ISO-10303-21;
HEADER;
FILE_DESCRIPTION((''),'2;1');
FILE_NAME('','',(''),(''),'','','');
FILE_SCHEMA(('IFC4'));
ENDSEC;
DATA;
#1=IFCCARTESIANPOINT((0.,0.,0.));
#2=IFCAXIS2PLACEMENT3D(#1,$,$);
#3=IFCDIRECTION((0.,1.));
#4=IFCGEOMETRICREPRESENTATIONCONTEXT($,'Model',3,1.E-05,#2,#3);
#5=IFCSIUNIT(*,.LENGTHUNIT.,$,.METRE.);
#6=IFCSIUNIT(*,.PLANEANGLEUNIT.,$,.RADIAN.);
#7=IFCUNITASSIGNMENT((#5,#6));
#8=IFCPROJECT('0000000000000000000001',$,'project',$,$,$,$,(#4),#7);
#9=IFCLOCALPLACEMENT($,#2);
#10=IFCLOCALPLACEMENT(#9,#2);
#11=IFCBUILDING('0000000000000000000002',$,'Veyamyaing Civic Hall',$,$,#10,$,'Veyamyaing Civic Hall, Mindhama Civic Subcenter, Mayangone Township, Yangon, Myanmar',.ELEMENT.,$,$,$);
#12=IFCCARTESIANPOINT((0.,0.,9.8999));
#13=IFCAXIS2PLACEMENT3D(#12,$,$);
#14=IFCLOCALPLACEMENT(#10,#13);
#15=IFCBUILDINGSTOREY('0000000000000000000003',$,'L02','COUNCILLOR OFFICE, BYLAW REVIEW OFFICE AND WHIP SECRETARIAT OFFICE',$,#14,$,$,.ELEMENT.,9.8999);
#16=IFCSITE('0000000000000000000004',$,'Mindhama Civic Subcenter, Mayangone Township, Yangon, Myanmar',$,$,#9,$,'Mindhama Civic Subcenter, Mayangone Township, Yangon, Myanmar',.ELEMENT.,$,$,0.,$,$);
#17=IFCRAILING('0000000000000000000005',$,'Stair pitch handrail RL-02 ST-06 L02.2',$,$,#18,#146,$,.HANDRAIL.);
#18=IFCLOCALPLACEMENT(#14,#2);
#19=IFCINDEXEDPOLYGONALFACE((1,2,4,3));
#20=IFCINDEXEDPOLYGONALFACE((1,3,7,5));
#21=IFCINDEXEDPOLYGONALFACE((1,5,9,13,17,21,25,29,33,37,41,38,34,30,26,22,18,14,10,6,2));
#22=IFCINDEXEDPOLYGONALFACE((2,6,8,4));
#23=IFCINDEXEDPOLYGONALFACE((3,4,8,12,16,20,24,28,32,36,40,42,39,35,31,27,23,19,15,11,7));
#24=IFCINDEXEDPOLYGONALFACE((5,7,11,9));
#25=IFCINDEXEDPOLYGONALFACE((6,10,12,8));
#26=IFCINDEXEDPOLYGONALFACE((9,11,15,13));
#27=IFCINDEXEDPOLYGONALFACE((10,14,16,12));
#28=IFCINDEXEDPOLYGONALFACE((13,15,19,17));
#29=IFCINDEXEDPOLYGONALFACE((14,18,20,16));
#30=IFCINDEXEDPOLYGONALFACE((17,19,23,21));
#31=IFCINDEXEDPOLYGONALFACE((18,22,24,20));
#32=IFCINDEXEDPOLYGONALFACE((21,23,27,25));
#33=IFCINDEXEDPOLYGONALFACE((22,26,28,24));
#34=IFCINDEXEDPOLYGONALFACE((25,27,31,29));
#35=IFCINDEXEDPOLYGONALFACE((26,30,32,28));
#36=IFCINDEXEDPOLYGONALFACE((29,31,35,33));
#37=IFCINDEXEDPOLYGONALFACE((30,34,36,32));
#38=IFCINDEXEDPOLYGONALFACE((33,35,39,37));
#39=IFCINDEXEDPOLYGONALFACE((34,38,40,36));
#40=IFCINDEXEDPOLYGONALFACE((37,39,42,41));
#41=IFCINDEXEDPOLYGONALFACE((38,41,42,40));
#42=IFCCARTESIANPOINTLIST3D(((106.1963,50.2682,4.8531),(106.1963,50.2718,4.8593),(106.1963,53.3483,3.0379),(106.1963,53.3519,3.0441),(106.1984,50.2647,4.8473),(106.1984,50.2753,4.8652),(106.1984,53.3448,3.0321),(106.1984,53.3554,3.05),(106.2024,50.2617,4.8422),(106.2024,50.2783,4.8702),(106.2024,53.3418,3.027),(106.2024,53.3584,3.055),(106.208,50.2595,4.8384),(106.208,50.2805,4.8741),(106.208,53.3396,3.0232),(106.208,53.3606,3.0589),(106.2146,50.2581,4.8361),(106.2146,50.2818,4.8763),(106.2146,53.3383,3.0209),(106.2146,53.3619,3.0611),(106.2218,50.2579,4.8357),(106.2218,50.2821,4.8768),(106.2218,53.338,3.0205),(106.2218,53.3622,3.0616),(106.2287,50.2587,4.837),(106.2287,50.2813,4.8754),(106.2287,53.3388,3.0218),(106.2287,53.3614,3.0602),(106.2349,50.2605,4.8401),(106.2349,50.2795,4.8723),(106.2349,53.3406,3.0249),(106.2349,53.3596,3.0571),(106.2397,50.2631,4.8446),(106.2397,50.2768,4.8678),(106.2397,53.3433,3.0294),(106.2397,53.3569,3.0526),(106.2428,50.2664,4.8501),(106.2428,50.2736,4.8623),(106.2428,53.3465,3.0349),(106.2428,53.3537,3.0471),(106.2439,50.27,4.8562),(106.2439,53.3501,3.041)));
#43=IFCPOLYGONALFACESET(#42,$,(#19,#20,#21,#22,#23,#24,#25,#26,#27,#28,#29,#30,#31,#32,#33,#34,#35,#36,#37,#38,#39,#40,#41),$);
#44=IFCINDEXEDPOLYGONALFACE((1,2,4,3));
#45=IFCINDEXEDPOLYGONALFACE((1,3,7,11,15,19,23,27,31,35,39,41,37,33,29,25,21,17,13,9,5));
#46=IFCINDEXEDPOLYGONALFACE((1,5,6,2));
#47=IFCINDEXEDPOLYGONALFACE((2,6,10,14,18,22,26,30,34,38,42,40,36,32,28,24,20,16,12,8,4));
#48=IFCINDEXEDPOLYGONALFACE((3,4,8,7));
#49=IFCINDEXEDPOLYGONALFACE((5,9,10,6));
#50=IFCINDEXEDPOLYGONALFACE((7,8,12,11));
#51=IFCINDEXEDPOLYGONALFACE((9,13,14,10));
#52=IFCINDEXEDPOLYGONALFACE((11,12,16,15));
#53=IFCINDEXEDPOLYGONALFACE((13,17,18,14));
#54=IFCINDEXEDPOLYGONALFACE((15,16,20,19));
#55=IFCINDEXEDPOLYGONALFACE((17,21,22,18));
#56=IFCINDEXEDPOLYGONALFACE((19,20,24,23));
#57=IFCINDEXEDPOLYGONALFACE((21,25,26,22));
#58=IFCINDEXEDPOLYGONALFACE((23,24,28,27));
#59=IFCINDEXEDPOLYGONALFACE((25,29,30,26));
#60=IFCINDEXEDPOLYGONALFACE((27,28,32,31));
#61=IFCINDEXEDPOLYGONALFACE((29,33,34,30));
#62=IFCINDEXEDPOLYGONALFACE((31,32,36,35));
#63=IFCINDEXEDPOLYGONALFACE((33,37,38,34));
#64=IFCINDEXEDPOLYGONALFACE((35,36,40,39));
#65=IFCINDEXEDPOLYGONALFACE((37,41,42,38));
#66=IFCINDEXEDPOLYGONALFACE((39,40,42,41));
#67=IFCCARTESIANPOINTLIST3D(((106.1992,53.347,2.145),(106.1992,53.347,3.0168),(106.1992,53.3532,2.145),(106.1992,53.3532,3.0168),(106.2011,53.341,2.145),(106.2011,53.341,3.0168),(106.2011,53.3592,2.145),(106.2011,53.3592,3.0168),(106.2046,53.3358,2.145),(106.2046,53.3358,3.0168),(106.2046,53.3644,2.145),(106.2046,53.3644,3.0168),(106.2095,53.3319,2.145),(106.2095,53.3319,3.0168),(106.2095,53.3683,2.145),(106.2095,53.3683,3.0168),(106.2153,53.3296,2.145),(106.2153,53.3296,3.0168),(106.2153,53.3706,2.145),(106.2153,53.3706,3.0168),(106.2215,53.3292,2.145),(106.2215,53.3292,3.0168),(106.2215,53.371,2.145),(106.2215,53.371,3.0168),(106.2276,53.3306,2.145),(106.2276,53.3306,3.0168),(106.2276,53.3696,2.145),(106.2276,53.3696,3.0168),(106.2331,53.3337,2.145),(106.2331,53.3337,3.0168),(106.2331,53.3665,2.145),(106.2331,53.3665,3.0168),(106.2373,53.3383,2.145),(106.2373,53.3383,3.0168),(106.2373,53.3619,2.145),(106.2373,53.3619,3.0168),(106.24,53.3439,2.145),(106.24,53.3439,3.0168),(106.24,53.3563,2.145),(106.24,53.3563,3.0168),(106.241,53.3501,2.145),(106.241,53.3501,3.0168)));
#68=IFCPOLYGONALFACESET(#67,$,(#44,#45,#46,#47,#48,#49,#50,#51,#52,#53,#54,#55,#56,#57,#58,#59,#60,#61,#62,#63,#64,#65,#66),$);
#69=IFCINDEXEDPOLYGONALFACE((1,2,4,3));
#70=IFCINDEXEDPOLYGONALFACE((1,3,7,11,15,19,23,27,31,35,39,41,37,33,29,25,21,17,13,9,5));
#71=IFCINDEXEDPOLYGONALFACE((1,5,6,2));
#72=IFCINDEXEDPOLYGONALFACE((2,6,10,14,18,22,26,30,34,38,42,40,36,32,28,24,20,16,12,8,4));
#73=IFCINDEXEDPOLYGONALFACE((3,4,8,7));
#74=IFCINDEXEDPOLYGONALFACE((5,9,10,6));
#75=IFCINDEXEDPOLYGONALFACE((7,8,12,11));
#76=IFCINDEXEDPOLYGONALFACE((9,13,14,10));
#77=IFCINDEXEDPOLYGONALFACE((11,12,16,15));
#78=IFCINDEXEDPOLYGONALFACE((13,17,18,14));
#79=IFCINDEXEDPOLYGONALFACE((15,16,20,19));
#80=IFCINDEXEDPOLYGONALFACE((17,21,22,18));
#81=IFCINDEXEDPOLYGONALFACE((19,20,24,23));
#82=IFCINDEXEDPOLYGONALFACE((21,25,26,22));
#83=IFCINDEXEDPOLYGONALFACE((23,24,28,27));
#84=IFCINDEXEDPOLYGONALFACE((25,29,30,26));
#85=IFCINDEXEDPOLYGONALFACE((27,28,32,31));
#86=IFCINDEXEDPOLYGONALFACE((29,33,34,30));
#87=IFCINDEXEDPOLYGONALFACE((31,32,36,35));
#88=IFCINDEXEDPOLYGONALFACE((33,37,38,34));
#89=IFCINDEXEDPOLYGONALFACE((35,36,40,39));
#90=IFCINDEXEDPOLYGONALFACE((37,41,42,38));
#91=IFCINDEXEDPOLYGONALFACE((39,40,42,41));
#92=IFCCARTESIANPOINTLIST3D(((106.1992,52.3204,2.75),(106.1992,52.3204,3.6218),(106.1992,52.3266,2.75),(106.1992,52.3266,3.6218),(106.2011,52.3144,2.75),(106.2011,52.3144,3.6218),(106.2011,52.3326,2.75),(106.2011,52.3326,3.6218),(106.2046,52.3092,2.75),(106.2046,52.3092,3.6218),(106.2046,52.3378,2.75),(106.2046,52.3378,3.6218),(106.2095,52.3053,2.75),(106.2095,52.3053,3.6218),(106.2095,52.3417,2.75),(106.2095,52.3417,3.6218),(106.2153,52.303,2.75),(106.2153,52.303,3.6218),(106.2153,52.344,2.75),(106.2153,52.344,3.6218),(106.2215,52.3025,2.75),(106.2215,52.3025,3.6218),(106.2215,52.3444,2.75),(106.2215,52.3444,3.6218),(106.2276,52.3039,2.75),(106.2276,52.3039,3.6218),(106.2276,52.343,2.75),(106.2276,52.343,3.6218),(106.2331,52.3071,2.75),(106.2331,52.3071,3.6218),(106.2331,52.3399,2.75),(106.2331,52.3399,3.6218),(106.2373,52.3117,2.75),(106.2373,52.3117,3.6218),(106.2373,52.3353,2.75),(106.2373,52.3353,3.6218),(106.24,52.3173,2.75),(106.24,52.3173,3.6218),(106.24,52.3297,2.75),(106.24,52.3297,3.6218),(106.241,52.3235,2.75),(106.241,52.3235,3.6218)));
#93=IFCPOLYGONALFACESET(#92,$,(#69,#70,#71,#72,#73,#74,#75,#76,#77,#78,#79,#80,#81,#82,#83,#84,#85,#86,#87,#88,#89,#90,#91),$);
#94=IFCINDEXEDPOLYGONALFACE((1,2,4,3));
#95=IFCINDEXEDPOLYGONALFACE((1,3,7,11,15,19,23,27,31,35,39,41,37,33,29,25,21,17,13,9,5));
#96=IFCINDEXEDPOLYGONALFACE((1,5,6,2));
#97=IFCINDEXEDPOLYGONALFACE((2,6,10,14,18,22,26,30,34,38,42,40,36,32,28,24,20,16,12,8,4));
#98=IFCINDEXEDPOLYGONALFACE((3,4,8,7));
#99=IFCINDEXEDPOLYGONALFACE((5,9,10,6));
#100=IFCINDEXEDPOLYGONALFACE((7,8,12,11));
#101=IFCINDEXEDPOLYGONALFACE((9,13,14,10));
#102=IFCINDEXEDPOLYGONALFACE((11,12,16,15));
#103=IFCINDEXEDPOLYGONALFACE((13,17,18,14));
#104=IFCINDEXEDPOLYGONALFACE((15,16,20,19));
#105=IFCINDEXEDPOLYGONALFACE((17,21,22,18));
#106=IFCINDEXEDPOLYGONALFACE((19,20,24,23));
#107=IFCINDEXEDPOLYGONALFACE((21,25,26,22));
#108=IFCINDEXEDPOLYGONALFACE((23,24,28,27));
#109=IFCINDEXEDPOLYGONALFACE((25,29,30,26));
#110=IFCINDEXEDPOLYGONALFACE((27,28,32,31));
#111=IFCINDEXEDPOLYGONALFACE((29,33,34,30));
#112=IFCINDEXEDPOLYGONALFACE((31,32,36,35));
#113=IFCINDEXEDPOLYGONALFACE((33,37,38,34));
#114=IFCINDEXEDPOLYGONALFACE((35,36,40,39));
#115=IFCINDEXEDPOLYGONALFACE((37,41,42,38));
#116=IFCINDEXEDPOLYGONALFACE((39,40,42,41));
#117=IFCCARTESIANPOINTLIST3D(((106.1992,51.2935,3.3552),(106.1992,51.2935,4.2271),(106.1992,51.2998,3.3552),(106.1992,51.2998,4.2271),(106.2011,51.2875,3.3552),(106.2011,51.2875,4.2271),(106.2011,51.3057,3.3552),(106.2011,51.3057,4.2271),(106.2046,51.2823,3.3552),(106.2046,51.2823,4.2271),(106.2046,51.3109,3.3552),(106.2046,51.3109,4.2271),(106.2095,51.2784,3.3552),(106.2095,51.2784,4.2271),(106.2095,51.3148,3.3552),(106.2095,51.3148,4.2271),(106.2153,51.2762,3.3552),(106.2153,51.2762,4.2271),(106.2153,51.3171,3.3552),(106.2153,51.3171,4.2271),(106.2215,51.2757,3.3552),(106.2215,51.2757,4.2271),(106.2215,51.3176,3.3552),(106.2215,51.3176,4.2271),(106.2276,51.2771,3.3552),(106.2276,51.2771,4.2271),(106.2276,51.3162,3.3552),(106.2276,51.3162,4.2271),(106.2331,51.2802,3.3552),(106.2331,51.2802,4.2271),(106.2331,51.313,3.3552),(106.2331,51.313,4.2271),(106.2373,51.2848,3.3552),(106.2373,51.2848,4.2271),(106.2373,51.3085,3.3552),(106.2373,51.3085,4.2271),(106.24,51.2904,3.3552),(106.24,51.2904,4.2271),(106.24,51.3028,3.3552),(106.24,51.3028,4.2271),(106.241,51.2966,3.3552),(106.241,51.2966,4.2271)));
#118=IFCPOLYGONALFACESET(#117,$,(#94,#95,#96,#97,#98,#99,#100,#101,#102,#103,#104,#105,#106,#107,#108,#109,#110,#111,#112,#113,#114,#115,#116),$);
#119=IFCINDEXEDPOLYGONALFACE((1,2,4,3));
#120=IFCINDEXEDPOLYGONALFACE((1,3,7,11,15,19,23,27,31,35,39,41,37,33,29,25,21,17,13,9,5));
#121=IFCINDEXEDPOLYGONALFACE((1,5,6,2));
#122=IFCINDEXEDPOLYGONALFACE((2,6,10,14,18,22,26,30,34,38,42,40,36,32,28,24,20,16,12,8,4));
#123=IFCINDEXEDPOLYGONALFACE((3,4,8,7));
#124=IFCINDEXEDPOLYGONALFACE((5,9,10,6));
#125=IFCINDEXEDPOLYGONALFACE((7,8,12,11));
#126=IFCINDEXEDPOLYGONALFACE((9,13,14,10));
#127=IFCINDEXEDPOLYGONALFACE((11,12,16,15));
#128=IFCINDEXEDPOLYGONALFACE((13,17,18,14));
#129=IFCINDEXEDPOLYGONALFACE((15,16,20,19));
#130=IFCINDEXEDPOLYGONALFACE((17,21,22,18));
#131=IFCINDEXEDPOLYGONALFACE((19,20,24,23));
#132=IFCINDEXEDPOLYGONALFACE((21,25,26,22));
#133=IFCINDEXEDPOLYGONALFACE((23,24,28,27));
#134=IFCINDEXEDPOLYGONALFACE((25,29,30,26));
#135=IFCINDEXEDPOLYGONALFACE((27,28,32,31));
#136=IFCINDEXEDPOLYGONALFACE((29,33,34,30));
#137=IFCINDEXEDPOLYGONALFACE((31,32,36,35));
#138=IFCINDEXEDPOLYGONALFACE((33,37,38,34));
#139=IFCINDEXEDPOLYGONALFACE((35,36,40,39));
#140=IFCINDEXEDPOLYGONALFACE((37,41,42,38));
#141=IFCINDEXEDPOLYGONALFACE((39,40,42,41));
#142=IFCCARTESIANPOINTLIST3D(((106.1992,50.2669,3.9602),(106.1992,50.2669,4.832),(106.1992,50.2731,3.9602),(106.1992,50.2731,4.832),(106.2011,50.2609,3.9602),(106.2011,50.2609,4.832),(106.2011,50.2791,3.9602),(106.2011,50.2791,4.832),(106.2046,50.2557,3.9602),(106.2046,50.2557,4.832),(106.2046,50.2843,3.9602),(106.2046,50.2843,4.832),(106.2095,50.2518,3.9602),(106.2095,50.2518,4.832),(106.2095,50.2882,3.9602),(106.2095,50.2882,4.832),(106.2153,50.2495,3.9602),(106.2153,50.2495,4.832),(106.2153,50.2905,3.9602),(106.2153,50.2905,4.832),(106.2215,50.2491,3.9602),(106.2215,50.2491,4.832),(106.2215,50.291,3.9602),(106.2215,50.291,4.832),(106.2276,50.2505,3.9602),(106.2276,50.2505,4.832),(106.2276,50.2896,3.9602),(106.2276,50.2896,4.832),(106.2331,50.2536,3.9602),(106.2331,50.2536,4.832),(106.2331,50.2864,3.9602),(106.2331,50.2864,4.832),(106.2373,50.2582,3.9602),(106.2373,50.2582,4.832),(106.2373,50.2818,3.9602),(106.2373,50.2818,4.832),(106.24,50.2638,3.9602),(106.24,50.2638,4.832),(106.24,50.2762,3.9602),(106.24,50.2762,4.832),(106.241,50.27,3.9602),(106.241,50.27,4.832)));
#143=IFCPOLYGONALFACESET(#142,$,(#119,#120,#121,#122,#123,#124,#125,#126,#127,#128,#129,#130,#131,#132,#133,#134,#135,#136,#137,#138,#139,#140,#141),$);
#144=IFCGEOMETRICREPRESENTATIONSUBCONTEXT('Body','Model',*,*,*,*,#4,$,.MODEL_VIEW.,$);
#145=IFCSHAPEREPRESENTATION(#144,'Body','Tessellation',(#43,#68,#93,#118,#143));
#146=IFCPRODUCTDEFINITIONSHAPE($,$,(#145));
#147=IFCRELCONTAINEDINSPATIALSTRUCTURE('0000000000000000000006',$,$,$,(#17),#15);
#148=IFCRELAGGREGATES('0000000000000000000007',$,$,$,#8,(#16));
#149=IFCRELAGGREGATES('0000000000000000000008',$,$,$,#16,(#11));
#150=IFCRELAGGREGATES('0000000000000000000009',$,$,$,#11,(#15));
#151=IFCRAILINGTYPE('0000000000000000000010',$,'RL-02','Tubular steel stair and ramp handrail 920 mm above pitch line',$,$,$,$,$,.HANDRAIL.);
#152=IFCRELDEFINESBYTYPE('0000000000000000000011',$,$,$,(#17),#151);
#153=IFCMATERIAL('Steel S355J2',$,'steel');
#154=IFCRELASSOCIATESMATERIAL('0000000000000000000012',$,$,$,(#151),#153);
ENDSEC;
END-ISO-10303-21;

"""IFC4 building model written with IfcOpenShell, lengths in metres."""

from ifc_helpers import new_model, si_unit, direction, frame, origin, origin_2d, place, context, subcontext, project, spatial, circle, extrude, material, type_object, element, save


model = new_model("IFC4")

# Units and contexts
model_context = context("Model", 3, precision=1e-05, world=origin(), true_north=direction((0.0, 1.0)))
body_context = subcontext(model_context, "Body", "Model", "MODEL_VIEW")
ifc_project = project(units=[si_unit("LENGTHUNIT", "METRE"), si_unit("PLANEANGLEUNIT", "RADIAN")], contexts=[model_context])

# Site, building, storey
site_placement = place(None, origin())
site = spatial("IfcSite", under=ifc_project, at=site_placement, Name="Mindhama Civic Subcenter, Mayangone Township, Yangon, Myanmar", LongName="Mindhama Civic Subcenter, Mayangone Township, Yangon, Myanmar", CompositionType="ELEMENT", RefElevation=0.0)
building_placement = place(site_placement, origin())
building = spatial("IfcBuilding", under=site, at=building_placement, Name="Veyamyaing Civic Hall", LongName="Veyamyaing Civic Hall, Mindhama Civic Subcenter, Mayangone Township, Yangon, Myanmar", CompositionType="ELEMENT")
storey_placement = place(building_placement, frame((0.0, 0.0, 9.8999)))
storey = spatial("IfcBuildingStorey", under=building, at=storey_placement, Name="L02", Description="COUNCILLOR OFFICE, BYLAW REVIEW OFFICE AND WHIP SECRETARIAT OFFICE", CompositionType="ELEMENT", Elevation=9.8999)

# Railing
ifc_material_1 = material(Name="Steel S355J2", Category="steel")
railing_type_1 = type_object("IfcRailingType", Name="RL-02", Description="Tubular steel stair and ramp handrail 920 mm above pitch line", PredefinedType="HANDRAIL", material=ifc_material_1)
railing_1_placement = place(storey_placement, frame((106.22, 53.3501, 2.145)))
element("IfcRailing", 1, at=railing_1_placement, inside=storey, type_object=railing_type_1, Name="Stair pitch handrail RL-02 ST-06 L02.2", PredefinedType="HANDRAIL", context=body_context, shape_type="SweptSolid", body=[
    extrude(circle(Radius=0.0239, at=origin_2d()), frame((0.0, 0.0, 0.896), z_axis=(0.0, -0.861521, 0.507721), x_axis=(1.0, 0.0, 0.0)), (0.0, 0.0, 1.0), 3.5752),
    extrude(circle(Radius=0.021, at=origin_2d()), origin(), (0.0, 0.0, 1.0), 0.8718),
    extrude(circle(Radius=0.021, at=origin_2d()), frame((0.0, -1.0266, 0.605)), (0.0, 0.0, 1.0), 0.8718),
    extrude(circle(Radius=0.021, at=origin_2d()), frame((0.0, -2.0535, 1.2102)), (0.0, 0.0, 1.0), 0.8718),
    extrude(circle(Radius=0.021, at=origin_2d()), frame((0.0, -3.0801, 1.8152)), (0.0, 0.0, 1.0), 0.8718),
])

save(model, "model.ifc")
